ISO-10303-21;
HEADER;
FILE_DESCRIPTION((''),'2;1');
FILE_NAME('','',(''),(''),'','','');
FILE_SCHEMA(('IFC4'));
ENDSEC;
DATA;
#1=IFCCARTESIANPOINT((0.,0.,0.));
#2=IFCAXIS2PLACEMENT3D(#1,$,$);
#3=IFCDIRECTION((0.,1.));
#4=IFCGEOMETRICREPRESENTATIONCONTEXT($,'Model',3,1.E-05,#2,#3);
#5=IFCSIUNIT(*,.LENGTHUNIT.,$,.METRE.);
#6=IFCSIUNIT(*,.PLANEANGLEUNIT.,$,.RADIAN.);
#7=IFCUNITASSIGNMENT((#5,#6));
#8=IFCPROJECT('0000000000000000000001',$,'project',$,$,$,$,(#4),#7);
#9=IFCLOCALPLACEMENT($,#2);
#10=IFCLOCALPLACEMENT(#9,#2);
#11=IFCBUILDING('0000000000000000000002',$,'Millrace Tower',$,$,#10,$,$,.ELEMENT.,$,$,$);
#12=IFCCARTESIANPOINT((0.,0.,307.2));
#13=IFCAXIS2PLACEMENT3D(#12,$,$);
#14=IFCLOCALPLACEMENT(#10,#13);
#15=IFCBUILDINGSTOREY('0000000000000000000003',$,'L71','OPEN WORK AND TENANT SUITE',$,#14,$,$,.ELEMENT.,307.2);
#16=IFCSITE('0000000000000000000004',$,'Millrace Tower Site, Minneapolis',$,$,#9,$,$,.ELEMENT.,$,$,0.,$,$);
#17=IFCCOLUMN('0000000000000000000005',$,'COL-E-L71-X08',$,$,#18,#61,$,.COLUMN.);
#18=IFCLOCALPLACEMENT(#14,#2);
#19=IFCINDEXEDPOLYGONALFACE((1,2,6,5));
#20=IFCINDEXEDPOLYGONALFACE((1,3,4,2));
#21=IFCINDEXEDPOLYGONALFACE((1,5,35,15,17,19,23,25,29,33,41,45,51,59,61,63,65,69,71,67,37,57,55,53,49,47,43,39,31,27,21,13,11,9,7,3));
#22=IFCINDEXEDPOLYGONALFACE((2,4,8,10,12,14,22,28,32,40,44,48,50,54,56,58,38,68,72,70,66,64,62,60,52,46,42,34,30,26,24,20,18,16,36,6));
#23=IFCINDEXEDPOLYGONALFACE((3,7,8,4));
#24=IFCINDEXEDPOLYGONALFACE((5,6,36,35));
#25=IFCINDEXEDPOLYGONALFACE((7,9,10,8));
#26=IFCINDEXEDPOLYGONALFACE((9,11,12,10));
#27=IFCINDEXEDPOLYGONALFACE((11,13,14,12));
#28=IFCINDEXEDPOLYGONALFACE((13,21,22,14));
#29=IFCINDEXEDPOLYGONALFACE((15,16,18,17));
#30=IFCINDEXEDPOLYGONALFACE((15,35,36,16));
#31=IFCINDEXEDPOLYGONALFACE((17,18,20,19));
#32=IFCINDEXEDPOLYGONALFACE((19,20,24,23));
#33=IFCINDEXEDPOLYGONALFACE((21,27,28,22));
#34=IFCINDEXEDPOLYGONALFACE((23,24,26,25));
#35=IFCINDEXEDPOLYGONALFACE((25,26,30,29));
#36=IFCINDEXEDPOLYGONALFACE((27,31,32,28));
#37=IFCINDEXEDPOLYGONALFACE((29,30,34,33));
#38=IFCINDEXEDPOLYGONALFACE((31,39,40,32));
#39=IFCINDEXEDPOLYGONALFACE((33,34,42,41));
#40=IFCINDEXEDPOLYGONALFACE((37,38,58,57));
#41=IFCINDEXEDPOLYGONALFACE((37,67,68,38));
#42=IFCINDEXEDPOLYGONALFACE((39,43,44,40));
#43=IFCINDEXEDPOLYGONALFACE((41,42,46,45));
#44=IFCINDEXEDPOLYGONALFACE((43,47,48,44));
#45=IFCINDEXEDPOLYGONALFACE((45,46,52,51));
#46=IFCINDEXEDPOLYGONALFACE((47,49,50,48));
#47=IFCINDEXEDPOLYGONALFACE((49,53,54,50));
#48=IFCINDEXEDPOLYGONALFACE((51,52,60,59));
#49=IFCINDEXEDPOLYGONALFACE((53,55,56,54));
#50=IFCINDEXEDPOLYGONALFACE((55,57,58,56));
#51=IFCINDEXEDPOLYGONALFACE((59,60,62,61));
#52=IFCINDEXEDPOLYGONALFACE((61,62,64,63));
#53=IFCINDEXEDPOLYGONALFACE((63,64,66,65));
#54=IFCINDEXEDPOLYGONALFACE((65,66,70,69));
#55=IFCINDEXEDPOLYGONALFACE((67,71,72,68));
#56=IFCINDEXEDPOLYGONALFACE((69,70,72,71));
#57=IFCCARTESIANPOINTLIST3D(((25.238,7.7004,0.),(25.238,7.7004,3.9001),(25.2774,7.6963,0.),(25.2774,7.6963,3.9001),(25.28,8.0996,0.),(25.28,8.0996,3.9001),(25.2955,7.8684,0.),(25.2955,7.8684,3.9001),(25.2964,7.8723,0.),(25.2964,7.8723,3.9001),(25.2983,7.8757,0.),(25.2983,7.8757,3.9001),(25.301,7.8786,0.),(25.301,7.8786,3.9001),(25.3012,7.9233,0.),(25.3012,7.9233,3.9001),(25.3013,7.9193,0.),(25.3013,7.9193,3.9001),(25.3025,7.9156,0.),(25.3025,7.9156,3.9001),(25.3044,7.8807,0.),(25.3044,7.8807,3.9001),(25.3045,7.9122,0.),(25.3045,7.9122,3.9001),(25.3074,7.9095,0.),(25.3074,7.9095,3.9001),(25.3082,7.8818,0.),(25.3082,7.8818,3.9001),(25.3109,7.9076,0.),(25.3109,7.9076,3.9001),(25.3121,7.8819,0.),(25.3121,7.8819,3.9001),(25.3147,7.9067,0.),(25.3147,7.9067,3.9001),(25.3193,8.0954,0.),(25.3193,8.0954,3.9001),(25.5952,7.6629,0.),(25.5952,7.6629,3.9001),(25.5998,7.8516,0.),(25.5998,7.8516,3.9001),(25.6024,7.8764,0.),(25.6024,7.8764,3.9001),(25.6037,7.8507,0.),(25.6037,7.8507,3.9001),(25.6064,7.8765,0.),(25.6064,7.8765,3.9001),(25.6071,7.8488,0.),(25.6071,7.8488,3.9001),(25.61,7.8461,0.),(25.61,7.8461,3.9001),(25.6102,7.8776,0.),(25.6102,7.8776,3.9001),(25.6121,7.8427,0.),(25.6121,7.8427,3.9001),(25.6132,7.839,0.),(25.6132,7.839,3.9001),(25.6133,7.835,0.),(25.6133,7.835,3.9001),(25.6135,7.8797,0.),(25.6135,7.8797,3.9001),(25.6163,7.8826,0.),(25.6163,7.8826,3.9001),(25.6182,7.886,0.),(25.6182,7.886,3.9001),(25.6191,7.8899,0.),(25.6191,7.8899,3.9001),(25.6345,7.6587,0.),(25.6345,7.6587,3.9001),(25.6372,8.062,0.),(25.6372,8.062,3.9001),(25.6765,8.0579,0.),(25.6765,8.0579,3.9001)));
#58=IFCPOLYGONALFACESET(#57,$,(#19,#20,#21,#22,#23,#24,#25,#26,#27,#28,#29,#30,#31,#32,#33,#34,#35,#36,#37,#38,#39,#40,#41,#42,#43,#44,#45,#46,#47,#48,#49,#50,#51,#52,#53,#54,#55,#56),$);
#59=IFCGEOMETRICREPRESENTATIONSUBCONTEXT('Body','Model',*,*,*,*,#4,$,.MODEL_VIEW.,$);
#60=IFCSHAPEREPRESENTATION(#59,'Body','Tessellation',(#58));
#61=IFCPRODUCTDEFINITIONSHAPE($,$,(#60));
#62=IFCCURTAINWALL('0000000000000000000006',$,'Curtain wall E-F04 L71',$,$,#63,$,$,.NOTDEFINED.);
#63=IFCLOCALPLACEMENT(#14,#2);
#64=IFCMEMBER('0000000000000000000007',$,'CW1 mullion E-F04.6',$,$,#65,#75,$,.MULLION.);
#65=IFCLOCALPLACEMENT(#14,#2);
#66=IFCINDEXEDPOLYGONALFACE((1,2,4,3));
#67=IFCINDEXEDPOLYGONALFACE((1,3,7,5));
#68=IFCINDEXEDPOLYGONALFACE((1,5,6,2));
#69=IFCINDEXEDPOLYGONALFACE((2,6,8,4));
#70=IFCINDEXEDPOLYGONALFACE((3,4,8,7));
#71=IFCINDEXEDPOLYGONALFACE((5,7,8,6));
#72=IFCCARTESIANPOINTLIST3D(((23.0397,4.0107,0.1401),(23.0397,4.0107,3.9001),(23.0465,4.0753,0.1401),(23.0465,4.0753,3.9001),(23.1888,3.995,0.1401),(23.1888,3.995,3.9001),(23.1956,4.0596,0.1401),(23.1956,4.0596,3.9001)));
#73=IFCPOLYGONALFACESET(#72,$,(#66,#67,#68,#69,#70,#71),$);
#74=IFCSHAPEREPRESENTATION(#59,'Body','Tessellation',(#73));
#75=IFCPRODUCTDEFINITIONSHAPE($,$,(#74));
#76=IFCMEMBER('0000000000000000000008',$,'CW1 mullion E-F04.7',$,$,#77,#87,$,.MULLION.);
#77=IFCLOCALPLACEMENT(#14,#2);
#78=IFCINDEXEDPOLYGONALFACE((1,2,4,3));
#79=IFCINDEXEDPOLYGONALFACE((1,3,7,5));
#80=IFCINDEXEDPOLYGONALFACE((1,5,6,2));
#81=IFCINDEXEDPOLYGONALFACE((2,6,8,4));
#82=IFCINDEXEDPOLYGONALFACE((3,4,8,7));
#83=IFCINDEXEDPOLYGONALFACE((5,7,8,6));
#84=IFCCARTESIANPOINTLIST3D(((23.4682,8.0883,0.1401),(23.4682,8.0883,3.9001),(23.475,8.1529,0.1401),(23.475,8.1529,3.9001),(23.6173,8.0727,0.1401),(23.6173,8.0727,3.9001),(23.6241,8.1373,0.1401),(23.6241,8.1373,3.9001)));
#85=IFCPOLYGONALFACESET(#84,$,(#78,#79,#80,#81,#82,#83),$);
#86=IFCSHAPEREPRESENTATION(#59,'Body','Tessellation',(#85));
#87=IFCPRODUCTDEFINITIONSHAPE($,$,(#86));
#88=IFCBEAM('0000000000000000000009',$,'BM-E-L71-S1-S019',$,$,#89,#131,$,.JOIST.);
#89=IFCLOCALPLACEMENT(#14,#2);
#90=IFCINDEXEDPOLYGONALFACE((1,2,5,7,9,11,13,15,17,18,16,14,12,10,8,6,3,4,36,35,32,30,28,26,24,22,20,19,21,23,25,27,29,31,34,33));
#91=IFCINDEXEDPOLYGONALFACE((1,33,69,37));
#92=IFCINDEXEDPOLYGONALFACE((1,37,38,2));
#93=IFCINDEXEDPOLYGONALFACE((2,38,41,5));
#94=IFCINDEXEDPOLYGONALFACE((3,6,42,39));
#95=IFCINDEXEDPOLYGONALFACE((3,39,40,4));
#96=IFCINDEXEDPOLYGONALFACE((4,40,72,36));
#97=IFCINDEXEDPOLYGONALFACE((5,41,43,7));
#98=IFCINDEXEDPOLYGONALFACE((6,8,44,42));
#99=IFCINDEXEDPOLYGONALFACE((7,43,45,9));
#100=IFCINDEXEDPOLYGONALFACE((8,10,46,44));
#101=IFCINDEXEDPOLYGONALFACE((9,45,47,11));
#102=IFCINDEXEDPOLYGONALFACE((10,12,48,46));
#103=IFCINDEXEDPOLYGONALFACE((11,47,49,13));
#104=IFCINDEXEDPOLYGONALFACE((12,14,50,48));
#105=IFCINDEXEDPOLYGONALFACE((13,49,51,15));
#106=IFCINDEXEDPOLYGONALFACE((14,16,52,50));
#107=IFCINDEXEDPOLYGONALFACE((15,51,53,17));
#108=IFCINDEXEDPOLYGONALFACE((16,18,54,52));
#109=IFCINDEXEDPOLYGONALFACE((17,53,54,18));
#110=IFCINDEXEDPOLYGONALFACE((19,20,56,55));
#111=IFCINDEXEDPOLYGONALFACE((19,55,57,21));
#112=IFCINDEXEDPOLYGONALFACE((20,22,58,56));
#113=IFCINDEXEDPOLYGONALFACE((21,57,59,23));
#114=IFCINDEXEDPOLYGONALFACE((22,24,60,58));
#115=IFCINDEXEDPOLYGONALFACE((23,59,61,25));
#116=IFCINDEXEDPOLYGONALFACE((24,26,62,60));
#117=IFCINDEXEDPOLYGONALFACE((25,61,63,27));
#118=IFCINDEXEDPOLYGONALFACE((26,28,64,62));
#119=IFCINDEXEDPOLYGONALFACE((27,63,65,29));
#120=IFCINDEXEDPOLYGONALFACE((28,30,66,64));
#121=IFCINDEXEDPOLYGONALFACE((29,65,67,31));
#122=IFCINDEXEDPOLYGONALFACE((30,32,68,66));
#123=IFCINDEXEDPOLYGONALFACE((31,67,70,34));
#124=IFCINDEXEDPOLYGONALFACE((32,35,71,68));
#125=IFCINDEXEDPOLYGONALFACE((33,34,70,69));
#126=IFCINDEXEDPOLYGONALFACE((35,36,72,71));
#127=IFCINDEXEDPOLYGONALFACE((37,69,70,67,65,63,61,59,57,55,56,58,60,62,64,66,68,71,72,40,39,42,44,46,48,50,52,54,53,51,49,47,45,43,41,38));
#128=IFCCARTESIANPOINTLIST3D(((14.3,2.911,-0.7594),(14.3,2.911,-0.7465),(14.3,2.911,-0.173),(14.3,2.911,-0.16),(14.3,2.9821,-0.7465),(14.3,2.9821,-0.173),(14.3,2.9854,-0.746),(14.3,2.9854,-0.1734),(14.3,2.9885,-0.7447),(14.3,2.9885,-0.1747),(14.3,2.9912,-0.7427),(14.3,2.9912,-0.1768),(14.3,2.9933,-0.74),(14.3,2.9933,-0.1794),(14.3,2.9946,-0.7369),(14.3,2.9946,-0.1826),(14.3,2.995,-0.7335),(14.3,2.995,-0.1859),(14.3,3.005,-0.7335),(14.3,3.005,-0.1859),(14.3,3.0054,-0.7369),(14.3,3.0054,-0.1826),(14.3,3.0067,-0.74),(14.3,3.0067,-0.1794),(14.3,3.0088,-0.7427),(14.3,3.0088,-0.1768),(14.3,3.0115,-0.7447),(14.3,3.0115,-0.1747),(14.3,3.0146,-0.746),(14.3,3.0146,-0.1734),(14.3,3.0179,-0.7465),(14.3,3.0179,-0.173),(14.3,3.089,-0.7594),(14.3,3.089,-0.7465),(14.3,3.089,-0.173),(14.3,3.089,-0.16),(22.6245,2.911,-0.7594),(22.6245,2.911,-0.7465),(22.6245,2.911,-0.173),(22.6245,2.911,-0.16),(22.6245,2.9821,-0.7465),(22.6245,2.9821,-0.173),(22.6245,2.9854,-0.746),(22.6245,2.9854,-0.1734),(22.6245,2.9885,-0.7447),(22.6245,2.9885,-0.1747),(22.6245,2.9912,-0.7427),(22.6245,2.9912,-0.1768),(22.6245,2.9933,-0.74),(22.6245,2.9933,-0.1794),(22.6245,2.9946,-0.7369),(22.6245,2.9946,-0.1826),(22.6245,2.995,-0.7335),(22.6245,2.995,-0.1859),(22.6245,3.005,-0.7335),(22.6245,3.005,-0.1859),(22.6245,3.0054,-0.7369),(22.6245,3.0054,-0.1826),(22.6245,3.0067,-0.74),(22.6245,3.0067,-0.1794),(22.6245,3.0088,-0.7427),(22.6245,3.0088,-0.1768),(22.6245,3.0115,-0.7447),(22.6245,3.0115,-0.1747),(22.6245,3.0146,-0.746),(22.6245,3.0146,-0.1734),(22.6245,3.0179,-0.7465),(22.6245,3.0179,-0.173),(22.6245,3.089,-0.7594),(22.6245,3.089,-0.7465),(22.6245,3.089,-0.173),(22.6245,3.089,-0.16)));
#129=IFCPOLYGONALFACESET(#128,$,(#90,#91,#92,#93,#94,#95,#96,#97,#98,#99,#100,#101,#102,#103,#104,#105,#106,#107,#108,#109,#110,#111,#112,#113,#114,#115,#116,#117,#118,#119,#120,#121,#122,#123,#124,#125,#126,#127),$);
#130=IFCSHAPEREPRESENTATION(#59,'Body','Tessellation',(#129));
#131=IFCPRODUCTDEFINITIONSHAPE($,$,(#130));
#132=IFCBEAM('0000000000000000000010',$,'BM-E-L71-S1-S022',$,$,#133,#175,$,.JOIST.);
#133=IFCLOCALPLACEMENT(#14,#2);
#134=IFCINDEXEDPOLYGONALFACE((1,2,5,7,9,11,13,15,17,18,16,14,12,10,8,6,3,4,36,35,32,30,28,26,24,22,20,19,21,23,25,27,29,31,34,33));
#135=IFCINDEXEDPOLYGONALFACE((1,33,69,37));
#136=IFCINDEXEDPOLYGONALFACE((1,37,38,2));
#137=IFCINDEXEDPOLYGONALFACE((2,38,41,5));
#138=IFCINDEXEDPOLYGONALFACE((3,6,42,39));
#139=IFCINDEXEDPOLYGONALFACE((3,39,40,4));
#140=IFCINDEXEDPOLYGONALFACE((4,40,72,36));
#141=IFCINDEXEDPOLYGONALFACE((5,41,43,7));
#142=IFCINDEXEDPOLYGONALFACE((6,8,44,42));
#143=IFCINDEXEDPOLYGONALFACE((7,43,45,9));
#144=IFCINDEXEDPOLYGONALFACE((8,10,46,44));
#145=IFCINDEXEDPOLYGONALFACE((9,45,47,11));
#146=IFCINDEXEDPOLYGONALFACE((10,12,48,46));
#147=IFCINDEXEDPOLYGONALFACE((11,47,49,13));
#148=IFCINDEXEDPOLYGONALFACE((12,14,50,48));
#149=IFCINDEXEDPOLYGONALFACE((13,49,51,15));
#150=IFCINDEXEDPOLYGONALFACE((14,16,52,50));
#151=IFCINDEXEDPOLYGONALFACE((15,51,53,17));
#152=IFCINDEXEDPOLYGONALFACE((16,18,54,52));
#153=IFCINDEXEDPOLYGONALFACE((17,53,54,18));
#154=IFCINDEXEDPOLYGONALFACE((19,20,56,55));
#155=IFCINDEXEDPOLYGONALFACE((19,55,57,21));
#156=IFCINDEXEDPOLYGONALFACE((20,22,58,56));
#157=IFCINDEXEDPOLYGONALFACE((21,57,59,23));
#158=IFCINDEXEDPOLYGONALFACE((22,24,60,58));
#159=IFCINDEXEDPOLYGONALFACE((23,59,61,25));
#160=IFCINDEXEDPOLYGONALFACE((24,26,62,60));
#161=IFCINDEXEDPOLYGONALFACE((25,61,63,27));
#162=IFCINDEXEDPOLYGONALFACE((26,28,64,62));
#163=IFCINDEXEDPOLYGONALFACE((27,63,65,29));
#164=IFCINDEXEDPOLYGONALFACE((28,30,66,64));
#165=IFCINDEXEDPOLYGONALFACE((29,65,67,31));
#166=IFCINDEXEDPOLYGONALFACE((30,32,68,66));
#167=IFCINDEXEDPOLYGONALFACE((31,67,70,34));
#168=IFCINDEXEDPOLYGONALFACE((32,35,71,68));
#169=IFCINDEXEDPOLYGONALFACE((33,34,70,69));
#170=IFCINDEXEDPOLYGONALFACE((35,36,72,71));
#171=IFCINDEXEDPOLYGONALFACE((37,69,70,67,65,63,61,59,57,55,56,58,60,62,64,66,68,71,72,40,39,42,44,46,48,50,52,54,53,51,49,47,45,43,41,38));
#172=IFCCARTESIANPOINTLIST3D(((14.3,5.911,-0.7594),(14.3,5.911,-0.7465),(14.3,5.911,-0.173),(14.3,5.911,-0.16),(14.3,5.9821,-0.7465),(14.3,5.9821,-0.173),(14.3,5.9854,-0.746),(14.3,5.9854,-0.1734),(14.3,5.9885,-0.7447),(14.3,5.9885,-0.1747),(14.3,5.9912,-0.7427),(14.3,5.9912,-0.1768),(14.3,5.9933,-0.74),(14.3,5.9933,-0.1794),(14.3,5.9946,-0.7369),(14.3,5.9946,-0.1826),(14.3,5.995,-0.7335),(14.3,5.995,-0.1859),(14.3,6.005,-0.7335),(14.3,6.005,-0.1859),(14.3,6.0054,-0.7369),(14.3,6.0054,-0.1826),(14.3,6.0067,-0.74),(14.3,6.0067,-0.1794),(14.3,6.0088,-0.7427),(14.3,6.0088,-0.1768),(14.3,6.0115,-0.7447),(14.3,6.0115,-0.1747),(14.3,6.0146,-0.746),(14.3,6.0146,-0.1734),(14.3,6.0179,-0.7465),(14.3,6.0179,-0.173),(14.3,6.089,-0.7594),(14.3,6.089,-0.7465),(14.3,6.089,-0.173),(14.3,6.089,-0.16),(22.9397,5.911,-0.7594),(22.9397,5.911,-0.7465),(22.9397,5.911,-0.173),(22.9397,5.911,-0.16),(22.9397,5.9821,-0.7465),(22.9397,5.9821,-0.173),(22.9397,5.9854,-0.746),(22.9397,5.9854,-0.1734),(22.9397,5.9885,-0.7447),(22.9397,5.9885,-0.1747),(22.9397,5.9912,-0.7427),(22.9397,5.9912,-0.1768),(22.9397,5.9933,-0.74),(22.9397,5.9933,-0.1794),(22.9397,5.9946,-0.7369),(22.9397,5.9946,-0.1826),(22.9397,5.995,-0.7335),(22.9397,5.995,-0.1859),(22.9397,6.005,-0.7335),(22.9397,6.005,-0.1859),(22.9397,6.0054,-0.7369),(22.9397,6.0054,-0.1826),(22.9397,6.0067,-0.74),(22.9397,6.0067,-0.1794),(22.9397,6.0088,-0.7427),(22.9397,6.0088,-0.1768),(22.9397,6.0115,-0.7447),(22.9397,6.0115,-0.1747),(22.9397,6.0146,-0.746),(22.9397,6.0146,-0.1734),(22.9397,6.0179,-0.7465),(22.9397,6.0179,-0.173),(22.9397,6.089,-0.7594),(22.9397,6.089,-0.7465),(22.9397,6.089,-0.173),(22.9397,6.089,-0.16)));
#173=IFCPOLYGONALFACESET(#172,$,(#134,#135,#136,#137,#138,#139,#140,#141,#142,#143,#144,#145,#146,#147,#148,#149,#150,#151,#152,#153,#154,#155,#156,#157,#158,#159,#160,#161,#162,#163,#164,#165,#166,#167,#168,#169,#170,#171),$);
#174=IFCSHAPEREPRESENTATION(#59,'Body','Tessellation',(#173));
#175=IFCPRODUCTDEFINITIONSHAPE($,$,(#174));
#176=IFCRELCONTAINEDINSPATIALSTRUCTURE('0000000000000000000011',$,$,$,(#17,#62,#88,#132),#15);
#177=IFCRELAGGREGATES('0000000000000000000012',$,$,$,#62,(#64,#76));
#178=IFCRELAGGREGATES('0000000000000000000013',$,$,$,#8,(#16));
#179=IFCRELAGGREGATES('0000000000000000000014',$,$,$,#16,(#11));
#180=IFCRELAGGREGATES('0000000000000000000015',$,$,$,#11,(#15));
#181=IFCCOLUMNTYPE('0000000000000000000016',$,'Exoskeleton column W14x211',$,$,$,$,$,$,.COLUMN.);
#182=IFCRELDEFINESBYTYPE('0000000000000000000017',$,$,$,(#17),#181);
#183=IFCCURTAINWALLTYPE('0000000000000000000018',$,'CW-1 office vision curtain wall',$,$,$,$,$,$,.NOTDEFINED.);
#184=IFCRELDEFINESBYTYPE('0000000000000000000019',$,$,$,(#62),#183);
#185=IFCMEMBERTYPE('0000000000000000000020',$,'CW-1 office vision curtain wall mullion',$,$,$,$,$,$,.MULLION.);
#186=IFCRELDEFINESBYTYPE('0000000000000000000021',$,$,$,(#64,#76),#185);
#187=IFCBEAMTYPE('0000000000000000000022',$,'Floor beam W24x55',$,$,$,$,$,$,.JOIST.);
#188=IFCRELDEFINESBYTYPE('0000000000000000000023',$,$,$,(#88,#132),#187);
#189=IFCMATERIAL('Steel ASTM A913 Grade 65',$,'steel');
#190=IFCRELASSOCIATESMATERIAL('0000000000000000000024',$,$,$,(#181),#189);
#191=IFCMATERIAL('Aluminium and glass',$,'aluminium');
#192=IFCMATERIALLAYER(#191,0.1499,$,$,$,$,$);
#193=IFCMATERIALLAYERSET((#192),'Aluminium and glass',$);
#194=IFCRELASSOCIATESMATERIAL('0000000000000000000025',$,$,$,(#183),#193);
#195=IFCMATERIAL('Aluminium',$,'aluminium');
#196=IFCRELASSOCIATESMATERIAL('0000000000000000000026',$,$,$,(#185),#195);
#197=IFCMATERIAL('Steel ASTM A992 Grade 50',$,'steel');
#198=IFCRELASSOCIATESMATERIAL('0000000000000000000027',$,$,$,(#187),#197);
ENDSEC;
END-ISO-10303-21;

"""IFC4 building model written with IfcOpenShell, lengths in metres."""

from ifc_helpers import new_model, si_unit, direction, frame, origin, origin_2d, place, context, subcontext, project, spatial, rectangle, i_section, extrude, material, layer, layer_set, material_profile, profile_set, type_object, element, aggregate, save


model = new_model("IFC4")

# Units and contexts
model_context = context("Model", 3, precision=1e-05, world=origin(), true_north=direction((0.0, 1.0)))
body_context = subcontext(model_context, "Body", "Model", "MODEL_VIEW")
ifc_project = project(units=[si_unit("LENGTHUNIT", "METRE"), si_unit("PLANEANGLEUNIT", "RADIAN")], contexts=[model_context])

# Site, building, storey
site_placement = place(None, origin())
site = spatial("IfcSite", under=ifc_project, at=site_placement, Name="Millrace Tower Site, Minneapolis", CompositionType="ELEMENT", RefElevation=0.0)
building_placement = place(site_placement, origin())
building = spatial("IfcBuilding", under=site, at=building_placement, Name="Millrace Tower", CompositionType="ELEMENT")
storey_placement = place(building_placement, frame((0.0, 0.0, 307.2)))
storey = spatial("IfcBuildingStorey", under=building, at=storey_placement, Name="L71", Description="OPEN WORK AND TENANT SUITE", CompositionType="ELEMENT", Elevation=307.2)

# Column
ifc_material_1 = material(Name="Steel ASTM A913 Grade 65", Category="steel")
ifc_material_profile_1 = material_profile(ifc_material_1, i_section(OverallWidth=0.4014, OverallDepth=0.3987, WebThickness=0.0249, FlangeThickness=0.0396, FilletRadius=0.0151, at=origin_2d()))
ifc_profile_set_1 = profile_set([ifc_material_profile_1], Name="Steel ASTM A913 Grade 65")
column_type = type_object("IfcColumnType", Name="Exoskeleton column W14x211", PredefinedType="COLUMN", material=ifc_profile_set_1)
column_placement = place(storey_placement, frame((25.4573, 7.8792, 0.0), z_axis=(0.0, 0.0, 1.0), x_axis=(0.104528, 0.994522, 0.0)))
element("IfcColumn", 1, at=column_placement, inside=storey, type_object=column_type, Name="COL-E-L71-X08", PredefinedType="COLUMN", context=body_context, shape_type="SweptSolid", body=[
    extrude(i_section(OverallWidth=0.4014, OverallDepth=0.3987, WebThickness=0.0249, FlangeThickness=0.0396, FilletRadius=0.0151, at=origin_2d()), origin(), (0.0, 0.0, 1.0), 3.9001),
])

# Curtain wall, members
ifc_material_2 = material(Name="Aluminium and glass", Category="aluminium")
ifc_layer_1 = layer(ifc_material_2, 0.1499)
ifc_layer_set_1 = layer_set([ifc_layer_1], Name="Aluminium and glass")
curtain_wall_type = type_object("IfcCurtainWallType", Name="CW-1 office vision curtain wall", PredefinedType="NOTDEFINED", material=ifc_layer_set_1)
curtain_wall_placement = place(storey_placement, origin())
curtain_wall = element("IfcCurtainWall", 2, at=curtain_wall_placement, inside=storey, type_object=curtain_wall_type, Name="Curtain wall E-F04 L71", PredefinedType="NOTDEFINED")
ifc_material_3 = material(Name="Aluminium", Category="aluminium")
ifc_material_profile_2 = material_profile(ifc_material_3, rectangle(XDim=0.0649, YDim=0.1499, at=origin_2d()))
ifc_profile_set_2 = profile_set([ifc_material_profile_2], Name="Aluminium")
member_type = type_object("IfcMemberType", Name="CW-1 office vision curtain wall mullion", PredefinedType="MULLION", material=ifc_profile_set_2)
member_1_placement = place(storey_placement, frame((23.1177, 4.0352, 0.1401), z_axis=(0.0, 0.0, 1.0), x_axis=(0.104528, 0.994522, 0.0)))
member_1 = element("IfcMember", 3, at=member_1_placement, type_object=member_type, Name="CW1 mullion E-F04.6", PredefinedType="MULLION", context=body_context, shape_type="SweptSolid", body=[
    extrude(rectangle(XDim=0.0649, YDim=0.1499, at=origin_2d()), origin(), (0.0, 0.0, 1.0), 3.76),
])
member_2_placement = place(storey_placement, frame((23.5461, 8.1128, 0.1401), z_axis=(0.0, 0.0, 1.0), x_axis=(0.104528, 0.994522, 0.0)))
member_2 = element("IfcMember", 4, at=member_2_placement, type_object=member_type, Name="CW1 mullion E-F04.7", PredefinedType="MULLION", context=body_context, shape_type="SweptSolid", body=[
    extrude(rectangle(XDim=0.0649, YDim=0.1499, at=origin_2d()), origin(), (0.0, 0.0, 1.0), 3.76),
])
aggregate(curtain_wall, [member_1, member_2])

# Beams
ifc_material_4 = material(Name="Steel ASTM A992 Grade 50", Category="steel")
ifc_material_profile_3 = material_profile(ifc_material_4, i_section(OverallWidth=0.178, OverallDepth=0.5994, WebThickness=0.01, FlangeThickness=0.0129, FilletRadius=0.0129, at=origin_2d()))
ifc_profile_set_3 = profile_set([ifc_material_profile_3], Name="Steel ASTM A992 Grade 50")
beam_type_1 = type_object("IfcBeamType", Name="Floor beam W24x55", PredefinedType="JOIST", material=ifc_profile_set_3)
beam_1_placement = place(storey_placement, frame((14.3, 3.0, -0.4597), z_axis=(1.0, 0.0, 0.0), x_axis=(0.0, 1.0, 0.0)))
element("IfcBeam", 5, at=beam_1_placement, inside=storey, type_object=beam_type_1, Name="BM-E-L71-S1-S019", PredefinedType="JOIST", context=body_context, shape_type="SweptSolid", body=[
    extrude(i_section(OverallWidth=0.178, OverallDepth=0.5994, WebThickness=0.01, FlangeThickness=0.0129, FilletRadius=0.0129, at=origin_2d()), origin(), (0.0, 0.0, 1.0), 8.3245),
])
beam_2_placement = place(storey_placement, frame((14.3, 6.0, -0.4597), z_axis=(1.0, 0.0, 0.0), x_axis=(0.0, 1.0, 0.0)))
element("IfcBeam", 6, at=beam_2_placement, inside=storey, type_object=beam_type_1, Name="BM-E-L71-S1-S022", PredefinedType="JOIST", context=body_context, shape_type="SweptSolid", body=[
    extrude(i_section(OverallWidth=0.178, OverallDepth=0.5994, WebThickness=0.01, FlangeThickness=0.0129, FilletRadius=0.0129, at=origin_2d()), origin(), (0.0, 0.0, 1.0), 8.6396),
])

save(model, "model.ifc")
